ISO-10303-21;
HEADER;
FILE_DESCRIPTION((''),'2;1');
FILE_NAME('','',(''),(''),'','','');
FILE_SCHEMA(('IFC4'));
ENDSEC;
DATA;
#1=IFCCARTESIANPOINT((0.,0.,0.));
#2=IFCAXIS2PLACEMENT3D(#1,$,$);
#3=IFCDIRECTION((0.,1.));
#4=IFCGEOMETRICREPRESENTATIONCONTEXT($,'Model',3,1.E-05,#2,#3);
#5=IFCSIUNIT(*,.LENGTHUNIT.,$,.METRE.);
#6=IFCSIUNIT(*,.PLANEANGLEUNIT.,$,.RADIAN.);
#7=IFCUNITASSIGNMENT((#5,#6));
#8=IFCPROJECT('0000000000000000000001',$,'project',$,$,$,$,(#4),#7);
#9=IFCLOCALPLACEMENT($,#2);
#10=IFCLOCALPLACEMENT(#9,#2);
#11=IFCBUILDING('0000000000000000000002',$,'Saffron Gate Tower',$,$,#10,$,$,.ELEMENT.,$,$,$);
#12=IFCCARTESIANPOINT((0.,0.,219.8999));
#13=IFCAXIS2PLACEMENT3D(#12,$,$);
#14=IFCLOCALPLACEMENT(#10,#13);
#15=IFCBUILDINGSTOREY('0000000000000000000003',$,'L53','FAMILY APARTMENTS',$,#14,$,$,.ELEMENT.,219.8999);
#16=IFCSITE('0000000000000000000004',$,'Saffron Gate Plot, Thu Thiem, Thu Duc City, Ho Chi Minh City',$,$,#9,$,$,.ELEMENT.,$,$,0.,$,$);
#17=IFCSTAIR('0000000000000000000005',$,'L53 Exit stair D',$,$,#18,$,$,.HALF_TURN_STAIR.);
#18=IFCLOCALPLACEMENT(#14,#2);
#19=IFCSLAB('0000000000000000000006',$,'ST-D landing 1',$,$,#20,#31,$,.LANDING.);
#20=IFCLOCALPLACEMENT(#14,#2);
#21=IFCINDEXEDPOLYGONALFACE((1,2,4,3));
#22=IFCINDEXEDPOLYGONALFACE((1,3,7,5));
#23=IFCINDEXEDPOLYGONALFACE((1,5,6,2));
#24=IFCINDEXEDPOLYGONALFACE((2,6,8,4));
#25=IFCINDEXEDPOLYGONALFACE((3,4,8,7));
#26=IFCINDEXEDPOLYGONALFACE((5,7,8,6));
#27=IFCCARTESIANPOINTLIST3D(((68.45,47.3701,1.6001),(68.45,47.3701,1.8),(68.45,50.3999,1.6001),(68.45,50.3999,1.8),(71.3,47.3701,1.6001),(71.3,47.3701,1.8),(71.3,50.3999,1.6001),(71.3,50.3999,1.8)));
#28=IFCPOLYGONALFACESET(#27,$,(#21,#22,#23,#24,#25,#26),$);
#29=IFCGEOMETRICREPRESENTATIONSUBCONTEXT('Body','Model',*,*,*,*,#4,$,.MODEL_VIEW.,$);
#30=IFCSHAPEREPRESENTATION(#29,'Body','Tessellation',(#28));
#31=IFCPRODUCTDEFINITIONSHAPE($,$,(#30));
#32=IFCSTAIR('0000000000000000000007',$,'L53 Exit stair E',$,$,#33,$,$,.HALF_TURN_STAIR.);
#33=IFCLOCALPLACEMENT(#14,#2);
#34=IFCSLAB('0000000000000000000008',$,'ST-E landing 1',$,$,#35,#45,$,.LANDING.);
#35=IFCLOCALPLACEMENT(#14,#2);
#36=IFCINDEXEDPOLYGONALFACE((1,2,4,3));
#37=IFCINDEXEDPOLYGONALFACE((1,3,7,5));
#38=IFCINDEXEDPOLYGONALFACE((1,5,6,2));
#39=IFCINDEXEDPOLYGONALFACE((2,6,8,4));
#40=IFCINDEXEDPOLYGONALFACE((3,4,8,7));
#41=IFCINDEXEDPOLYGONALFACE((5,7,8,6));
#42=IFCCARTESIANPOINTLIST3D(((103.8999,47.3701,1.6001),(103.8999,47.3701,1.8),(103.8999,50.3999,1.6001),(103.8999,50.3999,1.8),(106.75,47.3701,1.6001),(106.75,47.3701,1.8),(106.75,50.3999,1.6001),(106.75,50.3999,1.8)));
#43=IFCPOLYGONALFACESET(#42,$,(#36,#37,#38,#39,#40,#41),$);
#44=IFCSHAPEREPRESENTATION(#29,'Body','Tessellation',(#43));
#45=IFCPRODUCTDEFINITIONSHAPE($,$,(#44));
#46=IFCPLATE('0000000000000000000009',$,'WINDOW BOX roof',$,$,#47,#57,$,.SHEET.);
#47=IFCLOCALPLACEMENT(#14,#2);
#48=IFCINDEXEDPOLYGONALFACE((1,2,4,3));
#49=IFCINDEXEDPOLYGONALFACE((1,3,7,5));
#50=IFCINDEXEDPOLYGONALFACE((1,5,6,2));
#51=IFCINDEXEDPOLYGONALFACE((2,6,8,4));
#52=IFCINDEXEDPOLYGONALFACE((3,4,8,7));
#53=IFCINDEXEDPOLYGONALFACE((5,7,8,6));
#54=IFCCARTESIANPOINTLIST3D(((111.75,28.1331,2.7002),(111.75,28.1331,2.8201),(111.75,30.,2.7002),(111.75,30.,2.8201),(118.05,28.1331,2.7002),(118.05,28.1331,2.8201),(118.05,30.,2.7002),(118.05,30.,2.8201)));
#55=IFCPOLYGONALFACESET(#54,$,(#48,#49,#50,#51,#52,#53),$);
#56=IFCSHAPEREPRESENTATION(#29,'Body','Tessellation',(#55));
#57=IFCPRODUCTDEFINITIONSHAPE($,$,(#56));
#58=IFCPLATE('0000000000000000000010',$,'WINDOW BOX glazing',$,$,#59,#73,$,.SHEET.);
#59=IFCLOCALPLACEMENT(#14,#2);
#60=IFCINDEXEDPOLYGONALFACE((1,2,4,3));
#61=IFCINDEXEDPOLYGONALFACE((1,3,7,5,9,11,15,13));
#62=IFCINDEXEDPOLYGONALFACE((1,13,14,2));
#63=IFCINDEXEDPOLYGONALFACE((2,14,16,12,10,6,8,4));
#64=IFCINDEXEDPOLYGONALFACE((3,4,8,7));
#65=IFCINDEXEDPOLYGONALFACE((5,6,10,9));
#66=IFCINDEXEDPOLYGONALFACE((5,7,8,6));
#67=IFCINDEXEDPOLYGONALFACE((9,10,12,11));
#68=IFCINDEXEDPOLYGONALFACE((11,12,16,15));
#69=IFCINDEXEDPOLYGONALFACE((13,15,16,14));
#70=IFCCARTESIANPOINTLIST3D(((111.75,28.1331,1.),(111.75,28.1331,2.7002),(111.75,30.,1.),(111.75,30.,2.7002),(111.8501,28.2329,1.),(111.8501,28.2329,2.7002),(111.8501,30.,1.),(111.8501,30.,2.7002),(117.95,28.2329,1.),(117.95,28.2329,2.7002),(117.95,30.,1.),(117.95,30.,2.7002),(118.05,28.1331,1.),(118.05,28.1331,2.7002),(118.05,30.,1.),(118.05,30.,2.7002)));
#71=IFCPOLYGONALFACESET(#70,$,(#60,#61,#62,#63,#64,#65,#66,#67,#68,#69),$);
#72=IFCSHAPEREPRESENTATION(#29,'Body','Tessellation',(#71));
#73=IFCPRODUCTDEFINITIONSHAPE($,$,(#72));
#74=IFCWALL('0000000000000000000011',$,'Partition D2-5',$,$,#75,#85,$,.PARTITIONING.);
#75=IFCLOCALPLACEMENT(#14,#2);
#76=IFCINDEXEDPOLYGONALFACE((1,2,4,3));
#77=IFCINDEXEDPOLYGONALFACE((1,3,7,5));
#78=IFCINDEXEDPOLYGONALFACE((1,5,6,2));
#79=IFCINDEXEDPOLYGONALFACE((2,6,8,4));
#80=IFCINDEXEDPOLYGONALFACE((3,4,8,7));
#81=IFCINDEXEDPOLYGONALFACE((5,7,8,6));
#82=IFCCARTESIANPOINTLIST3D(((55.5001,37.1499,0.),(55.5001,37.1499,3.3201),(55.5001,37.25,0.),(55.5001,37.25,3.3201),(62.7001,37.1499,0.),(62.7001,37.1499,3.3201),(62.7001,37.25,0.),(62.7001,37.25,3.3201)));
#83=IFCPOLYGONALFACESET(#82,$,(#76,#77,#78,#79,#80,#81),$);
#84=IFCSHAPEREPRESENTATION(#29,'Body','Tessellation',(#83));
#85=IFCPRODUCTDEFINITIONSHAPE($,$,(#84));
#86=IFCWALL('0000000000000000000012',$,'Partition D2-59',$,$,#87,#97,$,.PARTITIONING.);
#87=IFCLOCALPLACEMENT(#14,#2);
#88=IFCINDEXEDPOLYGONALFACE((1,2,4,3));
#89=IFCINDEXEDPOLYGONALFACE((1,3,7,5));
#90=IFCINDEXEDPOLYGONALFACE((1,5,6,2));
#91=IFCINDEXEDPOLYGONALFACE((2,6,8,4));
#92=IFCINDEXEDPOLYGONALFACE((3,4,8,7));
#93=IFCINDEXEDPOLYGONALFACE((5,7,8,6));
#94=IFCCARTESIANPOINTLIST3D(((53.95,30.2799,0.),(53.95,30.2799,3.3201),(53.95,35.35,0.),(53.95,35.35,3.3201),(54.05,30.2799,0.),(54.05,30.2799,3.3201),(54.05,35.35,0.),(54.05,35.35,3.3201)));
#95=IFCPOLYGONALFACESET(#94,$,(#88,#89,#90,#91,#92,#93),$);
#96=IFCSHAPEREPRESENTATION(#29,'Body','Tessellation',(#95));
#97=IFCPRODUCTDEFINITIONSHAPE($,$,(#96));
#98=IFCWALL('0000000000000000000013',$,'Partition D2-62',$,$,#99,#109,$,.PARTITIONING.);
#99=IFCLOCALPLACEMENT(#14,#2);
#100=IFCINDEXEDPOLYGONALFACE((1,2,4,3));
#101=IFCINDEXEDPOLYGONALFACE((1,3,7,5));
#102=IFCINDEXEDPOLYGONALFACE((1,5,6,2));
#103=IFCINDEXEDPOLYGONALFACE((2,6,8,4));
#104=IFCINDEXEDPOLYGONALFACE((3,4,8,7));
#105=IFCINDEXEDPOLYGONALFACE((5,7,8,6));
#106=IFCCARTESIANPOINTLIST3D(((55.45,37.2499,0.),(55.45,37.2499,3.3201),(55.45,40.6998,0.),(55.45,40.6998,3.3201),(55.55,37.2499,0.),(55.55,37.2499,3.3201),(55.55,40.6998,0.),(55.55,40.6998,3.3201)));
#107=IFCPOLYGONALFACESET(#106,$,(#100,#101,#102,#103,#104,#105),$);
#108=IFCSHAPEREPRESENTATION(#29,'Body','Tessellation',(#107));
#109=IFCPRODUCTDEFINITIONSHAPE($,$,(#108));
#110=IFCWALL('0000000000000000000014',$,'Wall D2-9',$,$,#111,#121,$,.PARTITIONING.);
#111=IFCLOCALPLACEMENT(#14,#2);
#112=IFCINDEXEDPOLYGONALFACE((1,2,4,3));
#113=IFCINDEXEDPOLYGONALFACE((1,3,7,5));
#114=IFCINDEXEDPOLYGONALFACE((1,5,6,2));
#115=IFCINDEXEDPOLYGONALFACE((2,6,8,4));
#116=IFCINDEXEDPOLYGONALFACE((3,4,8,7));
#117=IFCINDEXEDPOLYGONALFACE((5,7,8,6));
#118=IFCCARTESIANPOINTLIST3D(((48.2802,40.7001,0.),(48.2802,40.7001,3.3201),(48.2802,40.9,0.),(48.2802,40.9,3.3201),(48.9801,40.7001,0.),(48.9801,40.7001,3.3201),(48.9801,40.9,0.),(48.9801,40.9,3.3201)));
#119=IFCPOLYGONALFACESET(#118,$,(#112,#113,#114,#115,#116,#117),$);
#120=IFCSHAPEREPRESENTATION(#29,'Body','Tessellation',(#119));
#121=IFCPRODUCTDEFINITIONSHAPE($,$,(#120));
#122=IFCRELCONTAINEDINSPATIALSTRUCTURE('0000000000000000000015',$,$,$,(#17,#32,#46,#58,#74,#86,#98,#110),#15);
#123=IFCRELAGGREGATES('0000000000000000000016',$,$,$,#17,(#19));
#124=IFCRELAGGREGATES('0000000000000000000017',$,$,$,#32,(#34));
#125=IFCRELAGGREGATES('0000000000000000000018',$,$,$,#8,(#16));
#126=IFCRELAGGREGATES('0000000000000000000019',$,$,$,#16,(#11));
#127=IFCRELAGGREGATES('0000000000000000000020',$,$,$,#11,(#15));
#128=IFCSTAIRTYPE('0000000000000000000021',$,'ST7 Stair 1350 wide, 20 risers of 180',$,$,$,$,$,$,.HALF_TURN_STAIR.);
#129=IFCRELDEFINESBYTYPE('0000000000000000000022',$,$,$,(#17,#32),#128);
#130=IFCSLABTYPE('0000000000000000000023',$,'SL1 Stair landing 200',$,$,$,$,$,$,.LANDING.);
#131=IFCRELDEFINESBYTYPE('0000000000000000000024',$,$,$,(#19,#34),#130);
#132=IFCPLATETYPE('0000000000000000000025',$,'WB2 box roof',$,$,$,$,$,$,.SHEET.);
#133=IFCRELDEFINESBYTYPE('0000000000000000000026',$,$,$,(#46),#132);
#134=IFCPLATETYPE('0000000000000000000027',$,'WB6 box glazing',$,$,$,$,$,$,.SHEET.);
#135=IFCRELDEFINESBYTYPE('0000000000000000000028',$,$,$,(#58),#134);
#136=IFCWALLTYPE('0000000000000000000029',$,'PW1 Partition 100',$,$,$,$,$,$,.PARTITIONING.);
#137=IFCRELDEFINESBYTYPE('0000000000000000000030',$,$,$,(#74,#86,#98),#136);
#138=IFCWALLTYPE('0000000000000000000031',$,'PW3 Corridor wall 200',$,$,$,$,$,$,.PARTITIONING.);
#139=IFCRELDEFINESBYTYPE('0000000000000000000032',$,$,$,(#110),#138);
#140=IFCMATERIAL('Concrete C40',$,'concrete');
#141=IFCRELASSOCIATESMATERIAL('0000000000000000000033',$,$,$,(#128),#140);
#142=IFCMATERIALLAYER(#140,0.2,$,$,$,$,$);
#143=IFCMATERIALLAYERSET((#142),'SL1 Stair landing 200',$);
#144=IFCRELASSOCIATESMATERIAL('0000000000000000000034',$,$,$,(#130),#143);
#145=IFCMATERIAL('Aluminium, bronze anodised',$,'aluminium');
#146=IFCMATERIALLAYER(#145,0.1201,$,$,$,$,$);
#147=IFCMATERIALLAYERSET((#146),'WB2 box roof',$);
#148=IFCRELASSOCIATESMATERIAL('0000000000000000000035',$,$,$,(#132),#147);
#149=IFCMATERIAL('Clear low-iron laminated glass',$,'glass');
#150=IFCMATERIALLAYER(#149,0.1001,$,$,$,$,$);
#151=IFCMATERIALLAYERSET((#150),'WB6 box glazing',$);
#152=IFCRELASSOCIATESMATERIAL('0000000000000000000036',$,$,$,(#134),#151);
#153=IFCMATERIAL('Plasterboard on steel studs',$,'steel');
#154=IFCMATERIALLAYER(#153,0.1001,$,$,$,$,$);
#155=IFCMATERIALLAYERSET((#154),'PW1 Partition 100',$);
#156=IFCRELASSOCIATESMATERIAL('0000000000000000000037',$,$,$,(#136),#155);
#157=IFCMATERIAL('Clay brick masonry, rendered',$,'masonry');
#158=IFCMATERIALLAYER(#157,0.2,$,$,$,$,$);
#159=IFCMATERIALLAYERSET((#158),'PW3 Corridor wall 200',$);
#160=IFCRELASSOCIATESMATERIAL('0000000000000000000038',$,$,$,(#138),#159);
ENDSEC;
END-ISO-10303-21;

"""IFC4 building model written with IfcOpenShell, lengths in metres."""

from ifc_helpers import new_model, si_unit, direction, frame, frame_2d, origin, place, context, subcontext, project, spatial, polyline, rectangle, outline, extrude, material, layer, layer_set, type_object, element, aggregate, save


model = new_model("IFC4")

# Units and contexts
model_context = context("Model", 3, precision=1e-05, world=origin(), true_north=direction((0.0, 1.0)))
body_context = subcontext(model_context, "Body", "Model", "MODEL_VIEW")
ifc_project = project(units=[si_unit("LENGTHUNIT", "METRE"), si_unit("PLANEANGLEUNIT", "RADIAN")], contexts=[model_context])

# Site, building, storey
site_placement = place(None, origin())
site = spatial("IfcSite", under=ifc_project, at=site_placement, Name="Saffron Gate Plot, Thu Thiem, Thu Duc City, Ho Chi Minh City", CompositionType="ELEMENT", RefElevation=0.0)
building_placement = place(site_placement, origin())
building = spatial("IfcBuilding", under=site, at=building_placement, Name="Saffron Gate Tower", CompositionType="ELEMENT")
storey_placement = place(building_placement, frame((0.0, 0.0, 219.8999)))
storey = spatial("IfcBuildingStorey", under=building, at=storey_placement, Name="L53", Description="FAMILY APARTMENTS", CompositionType="ELEMENT", Elevation=219.8999)

# Shared definitions
ifc_material_1 = material(Name="Aluminium, bronze anodised", Category="aluminium")

# Stairs, slabs
ifc_material_2 = material(Name="Concrete C40", Category="concrete")
stair_type = type_object("IfcStairType", Name="ST7 Stair 1350 wide, 20 risers of 180", PredefinedType="HALF_TURN_STAIR", material=ifc_material_2)
ifc_layer_1 = layer(ifc_material_2, 0.2)
ifc_layer_set_1 = layer_set([ifc_layer_1], Name="SL1 Stair landing 200")
slab_type = type_object("IfcSlabType", Name="SL1 Stair landing 200", PredefinedType="LANDING", material=ifc_layer_set_1)
stair_1_placement = place(storey_placement, origin())
stair_1 = element("IfcStair", 1, at=stair_1_placement, inside=storey, type_object=stair_type, Name="L53 Exit stair D", PredefinedType="HALF_TURN_STAIR")
slab_1_placement = place(storey_placement, frame((0.0, 0.0, 1.6001)))
slab_1 = element("IfcSlab", 2, at=slab_1_placement, type_object=slab_type, Name="ST-D landing 1", PredefinedType="LANDING", context=body_context, shape_type="SweptSolid", body=[
    extrude(outline(polyline([(71.3, 47.3701), (71.3, 50.3999), (68.45, 50.3999), (68.45, 47.3701), (71.3, 47.3701)])), origin(), (0.0, 0.0, 1.0), 0.2),
])
aggregate(stair_1, [slab_1])
stair_2_placement = place(storey_placement, origin())
stair_2 = element("IfcStair", 3, at=stair_2_placement, inside=storey, type_object=stair_type, Name="L53 Exit stair E", PredefinedType="HALF_TURN_STAIR")
slab_2_placement = place(storey_placement, frame((0.0, 0.0, 1.6001)))
slab_2 = element("IfcSlab", 4, at=slab_2_placement, type_object=slab_type, Name="ST-E landing 1", PredefinedType="LANDING", context=body_context, shape_type="SweptSolid", body=[
    extrude(outline(polyline([(106.75, 47.3701), (106.75, 50.3999), (103.8999, 50.3999), (103.8999, 47.3701), (106.75, 47.3701)])), origin(), (0.0, 0.0, 1.0), 0.2),
])
aggregate(stair_2, [slab_2])

# Plates
ifc_layer_2 = layer(ifc_material_1, 0.1201)
ifc_layer_set_2 = layer_set([ifc_layer_2], Name="WB2 box roof")
plate_type_1 = type_object("IfcPlateType", Name="WB2 box roof", PredefinedType="SHEET", material=ifc_layer_set_2)
plate_1_placement = place(storey_placement, frame((0.0, 0.0, 2.7002)))
element("IfcPlate", 5, at=plate_1_placement, inside=storey, type_object=plate_type_1, Name="WINDOW BOX roof", PredefinedType="SHEET", context=body_context, shape_type="SweptSolid", body=[
    extrude(outline(polyline([(111.75, 30.0), (118.05, 30.0), (118.05, 28.1331), (111.75, 28.1331), (111.75, 30.0)])), origin(), (0.0, 0.0, 1.0), 0.1199),
])
ifc_material_3 = material(Name="Clear low-iron laminated glass", Category="glass")
ifc_layer_3 = layer(ifc_material_3, 0.1001)
ifc_layer_set_3 = layer_set([ifc_layer_3], Name="WB6 box glazing")
plate_type_2 = type_object("IfcPlateType", Name="WB6 box glazing", PredefinedType="SHEET", material=ifc_layer_set_3)
plate_2_placement = place(storey_placement, frame((0.0, 0.0, 1.0)))
element("IfcPlate", 6, at=plate_2_placement, inside=storey, type_object=plate_type_2, Name="WINDOW BOX glazing", PredefinedType="SHEET", context=body_context, shape_type="SweptSolid", body=[
    extrude(outline(polyline([(111.75, 30.0), (111.8501, 30.0), (111.8501, 28.2329), (117.95, 28.2329), (117.95, 30.0), (118.05, 30.0), (118.05, 28.1331), (111.75, 28.1331), (111.75, 30.0)])), origin(), (0.0, 0.0, 1.0), 1.7002),
])

# Walls
ifc_material_4 = material(Name="Plasterboard on steel studs", Category="steel")
ifc_layer_4 = layer(ifc_material_4, 0.1001)
ifc_layer_set_4 = layer_set([ifc_layer_4], Name="PW1 Partition 100")
wall_type_1 = type_object("IfcWallType", Name="PW1 Partition 100", PredefinedType="PARTITIONING", material=ifc_layer_set_4)
wall_1_placement = place(storey_placement, frame((55.5, 37.2, 0.0), z_axis=(0.0, 0.0, 1.0), x_axis=(1.0, 0.0, 0.0)))
element("IfcWall", 7, at=wall_1_placement, inside=storey, type_object=wall_type_1, Name="Partition D2-5", PredefinedType="PARTITIONING", context=body_context, shape_type="SweptSolid", body=[
    extrude(rectangle(XDim=7.2, YDim=0.1001, at=frame_2d((3.6001, 0.0))), origin(), (0.0, 0.0, 1.0), 3.3201),
])
wall_2_placement = place(storey_placement, frame((54.0, 35.3501, 0.0), z_axis=(0.0, 0.0, 1.0), x_axis=(0.0, -1.0, 0.0)))
element("IfcWall", 8, at=wall_2_placement, inside=storey, type_object=wall_type_1, Name="Partition D2-59", PredefinedType="PARTITIONING", context=body_context, shape_type="SweptSolid", body=[
    extrude(rectangle(XDim=5.0701, YDim=0.1001, at=frame_2d((2.5352, 0.0))), origin(), (0.0, 0.0, 1.0), 3.3201),
])
wall_3_placement = place(storey_placement, frame((55.5, 40.7, 0.0), z_axis=(0.0, 0.0, 1.0), x_axis=(0.0, -1.0, 0.0)))
element("IfcWall", 9, at=wall_3_placement, inside=storey, type_object=wall_type_1, Name="Partition D2-62", PredefinedType="PARTITIONING", context=body_context, shape_type="SweptSolid", body=[
    extrude(rectangle(XDim=3.45, YDim=0.1001, at=frame_2d((1.7251, 0.0))), origin(), (0.0, 0.0, 1.0), 3.3201),
])
ifc_material_5 = material(Name="Clay brick masonry, rendered", Category="masonry")
ifc_layer_5 = layer(ifc_material_5, 0.2)
ifc_layer_set_5 = layer_set([ifc_layer_5], Name="PW3 Corridor wall 200")
wall_type_2 = type_object("IfcWallType", Name="PW3 Corridor wall 200", PredefinedType="PARTITIONING", material=ifc_layer_set_5)
wall_4_placement = place(storey_placement, frame((48.28, 40.8, 0.0), z_axis=(0.0, 0.0, 1.0), x_axis=(1.0, 0.0, 0.0)))
element("IfcWall", 10, at=wall_4_placement, inside=storey, type_object=wall_type_2, Name="Wall D2-9", PredefinedType="PARTITIONING", context=body_context, shape_type="SweptSolid", body=[
    extrude(rectangle(XDim=0.7, YDim=0.2, at=frame_2d((0.3501, 0.0))), origin(), (0.0, 0.0, 1.0), 3.3201),
])

save(model, "model.ifc")
